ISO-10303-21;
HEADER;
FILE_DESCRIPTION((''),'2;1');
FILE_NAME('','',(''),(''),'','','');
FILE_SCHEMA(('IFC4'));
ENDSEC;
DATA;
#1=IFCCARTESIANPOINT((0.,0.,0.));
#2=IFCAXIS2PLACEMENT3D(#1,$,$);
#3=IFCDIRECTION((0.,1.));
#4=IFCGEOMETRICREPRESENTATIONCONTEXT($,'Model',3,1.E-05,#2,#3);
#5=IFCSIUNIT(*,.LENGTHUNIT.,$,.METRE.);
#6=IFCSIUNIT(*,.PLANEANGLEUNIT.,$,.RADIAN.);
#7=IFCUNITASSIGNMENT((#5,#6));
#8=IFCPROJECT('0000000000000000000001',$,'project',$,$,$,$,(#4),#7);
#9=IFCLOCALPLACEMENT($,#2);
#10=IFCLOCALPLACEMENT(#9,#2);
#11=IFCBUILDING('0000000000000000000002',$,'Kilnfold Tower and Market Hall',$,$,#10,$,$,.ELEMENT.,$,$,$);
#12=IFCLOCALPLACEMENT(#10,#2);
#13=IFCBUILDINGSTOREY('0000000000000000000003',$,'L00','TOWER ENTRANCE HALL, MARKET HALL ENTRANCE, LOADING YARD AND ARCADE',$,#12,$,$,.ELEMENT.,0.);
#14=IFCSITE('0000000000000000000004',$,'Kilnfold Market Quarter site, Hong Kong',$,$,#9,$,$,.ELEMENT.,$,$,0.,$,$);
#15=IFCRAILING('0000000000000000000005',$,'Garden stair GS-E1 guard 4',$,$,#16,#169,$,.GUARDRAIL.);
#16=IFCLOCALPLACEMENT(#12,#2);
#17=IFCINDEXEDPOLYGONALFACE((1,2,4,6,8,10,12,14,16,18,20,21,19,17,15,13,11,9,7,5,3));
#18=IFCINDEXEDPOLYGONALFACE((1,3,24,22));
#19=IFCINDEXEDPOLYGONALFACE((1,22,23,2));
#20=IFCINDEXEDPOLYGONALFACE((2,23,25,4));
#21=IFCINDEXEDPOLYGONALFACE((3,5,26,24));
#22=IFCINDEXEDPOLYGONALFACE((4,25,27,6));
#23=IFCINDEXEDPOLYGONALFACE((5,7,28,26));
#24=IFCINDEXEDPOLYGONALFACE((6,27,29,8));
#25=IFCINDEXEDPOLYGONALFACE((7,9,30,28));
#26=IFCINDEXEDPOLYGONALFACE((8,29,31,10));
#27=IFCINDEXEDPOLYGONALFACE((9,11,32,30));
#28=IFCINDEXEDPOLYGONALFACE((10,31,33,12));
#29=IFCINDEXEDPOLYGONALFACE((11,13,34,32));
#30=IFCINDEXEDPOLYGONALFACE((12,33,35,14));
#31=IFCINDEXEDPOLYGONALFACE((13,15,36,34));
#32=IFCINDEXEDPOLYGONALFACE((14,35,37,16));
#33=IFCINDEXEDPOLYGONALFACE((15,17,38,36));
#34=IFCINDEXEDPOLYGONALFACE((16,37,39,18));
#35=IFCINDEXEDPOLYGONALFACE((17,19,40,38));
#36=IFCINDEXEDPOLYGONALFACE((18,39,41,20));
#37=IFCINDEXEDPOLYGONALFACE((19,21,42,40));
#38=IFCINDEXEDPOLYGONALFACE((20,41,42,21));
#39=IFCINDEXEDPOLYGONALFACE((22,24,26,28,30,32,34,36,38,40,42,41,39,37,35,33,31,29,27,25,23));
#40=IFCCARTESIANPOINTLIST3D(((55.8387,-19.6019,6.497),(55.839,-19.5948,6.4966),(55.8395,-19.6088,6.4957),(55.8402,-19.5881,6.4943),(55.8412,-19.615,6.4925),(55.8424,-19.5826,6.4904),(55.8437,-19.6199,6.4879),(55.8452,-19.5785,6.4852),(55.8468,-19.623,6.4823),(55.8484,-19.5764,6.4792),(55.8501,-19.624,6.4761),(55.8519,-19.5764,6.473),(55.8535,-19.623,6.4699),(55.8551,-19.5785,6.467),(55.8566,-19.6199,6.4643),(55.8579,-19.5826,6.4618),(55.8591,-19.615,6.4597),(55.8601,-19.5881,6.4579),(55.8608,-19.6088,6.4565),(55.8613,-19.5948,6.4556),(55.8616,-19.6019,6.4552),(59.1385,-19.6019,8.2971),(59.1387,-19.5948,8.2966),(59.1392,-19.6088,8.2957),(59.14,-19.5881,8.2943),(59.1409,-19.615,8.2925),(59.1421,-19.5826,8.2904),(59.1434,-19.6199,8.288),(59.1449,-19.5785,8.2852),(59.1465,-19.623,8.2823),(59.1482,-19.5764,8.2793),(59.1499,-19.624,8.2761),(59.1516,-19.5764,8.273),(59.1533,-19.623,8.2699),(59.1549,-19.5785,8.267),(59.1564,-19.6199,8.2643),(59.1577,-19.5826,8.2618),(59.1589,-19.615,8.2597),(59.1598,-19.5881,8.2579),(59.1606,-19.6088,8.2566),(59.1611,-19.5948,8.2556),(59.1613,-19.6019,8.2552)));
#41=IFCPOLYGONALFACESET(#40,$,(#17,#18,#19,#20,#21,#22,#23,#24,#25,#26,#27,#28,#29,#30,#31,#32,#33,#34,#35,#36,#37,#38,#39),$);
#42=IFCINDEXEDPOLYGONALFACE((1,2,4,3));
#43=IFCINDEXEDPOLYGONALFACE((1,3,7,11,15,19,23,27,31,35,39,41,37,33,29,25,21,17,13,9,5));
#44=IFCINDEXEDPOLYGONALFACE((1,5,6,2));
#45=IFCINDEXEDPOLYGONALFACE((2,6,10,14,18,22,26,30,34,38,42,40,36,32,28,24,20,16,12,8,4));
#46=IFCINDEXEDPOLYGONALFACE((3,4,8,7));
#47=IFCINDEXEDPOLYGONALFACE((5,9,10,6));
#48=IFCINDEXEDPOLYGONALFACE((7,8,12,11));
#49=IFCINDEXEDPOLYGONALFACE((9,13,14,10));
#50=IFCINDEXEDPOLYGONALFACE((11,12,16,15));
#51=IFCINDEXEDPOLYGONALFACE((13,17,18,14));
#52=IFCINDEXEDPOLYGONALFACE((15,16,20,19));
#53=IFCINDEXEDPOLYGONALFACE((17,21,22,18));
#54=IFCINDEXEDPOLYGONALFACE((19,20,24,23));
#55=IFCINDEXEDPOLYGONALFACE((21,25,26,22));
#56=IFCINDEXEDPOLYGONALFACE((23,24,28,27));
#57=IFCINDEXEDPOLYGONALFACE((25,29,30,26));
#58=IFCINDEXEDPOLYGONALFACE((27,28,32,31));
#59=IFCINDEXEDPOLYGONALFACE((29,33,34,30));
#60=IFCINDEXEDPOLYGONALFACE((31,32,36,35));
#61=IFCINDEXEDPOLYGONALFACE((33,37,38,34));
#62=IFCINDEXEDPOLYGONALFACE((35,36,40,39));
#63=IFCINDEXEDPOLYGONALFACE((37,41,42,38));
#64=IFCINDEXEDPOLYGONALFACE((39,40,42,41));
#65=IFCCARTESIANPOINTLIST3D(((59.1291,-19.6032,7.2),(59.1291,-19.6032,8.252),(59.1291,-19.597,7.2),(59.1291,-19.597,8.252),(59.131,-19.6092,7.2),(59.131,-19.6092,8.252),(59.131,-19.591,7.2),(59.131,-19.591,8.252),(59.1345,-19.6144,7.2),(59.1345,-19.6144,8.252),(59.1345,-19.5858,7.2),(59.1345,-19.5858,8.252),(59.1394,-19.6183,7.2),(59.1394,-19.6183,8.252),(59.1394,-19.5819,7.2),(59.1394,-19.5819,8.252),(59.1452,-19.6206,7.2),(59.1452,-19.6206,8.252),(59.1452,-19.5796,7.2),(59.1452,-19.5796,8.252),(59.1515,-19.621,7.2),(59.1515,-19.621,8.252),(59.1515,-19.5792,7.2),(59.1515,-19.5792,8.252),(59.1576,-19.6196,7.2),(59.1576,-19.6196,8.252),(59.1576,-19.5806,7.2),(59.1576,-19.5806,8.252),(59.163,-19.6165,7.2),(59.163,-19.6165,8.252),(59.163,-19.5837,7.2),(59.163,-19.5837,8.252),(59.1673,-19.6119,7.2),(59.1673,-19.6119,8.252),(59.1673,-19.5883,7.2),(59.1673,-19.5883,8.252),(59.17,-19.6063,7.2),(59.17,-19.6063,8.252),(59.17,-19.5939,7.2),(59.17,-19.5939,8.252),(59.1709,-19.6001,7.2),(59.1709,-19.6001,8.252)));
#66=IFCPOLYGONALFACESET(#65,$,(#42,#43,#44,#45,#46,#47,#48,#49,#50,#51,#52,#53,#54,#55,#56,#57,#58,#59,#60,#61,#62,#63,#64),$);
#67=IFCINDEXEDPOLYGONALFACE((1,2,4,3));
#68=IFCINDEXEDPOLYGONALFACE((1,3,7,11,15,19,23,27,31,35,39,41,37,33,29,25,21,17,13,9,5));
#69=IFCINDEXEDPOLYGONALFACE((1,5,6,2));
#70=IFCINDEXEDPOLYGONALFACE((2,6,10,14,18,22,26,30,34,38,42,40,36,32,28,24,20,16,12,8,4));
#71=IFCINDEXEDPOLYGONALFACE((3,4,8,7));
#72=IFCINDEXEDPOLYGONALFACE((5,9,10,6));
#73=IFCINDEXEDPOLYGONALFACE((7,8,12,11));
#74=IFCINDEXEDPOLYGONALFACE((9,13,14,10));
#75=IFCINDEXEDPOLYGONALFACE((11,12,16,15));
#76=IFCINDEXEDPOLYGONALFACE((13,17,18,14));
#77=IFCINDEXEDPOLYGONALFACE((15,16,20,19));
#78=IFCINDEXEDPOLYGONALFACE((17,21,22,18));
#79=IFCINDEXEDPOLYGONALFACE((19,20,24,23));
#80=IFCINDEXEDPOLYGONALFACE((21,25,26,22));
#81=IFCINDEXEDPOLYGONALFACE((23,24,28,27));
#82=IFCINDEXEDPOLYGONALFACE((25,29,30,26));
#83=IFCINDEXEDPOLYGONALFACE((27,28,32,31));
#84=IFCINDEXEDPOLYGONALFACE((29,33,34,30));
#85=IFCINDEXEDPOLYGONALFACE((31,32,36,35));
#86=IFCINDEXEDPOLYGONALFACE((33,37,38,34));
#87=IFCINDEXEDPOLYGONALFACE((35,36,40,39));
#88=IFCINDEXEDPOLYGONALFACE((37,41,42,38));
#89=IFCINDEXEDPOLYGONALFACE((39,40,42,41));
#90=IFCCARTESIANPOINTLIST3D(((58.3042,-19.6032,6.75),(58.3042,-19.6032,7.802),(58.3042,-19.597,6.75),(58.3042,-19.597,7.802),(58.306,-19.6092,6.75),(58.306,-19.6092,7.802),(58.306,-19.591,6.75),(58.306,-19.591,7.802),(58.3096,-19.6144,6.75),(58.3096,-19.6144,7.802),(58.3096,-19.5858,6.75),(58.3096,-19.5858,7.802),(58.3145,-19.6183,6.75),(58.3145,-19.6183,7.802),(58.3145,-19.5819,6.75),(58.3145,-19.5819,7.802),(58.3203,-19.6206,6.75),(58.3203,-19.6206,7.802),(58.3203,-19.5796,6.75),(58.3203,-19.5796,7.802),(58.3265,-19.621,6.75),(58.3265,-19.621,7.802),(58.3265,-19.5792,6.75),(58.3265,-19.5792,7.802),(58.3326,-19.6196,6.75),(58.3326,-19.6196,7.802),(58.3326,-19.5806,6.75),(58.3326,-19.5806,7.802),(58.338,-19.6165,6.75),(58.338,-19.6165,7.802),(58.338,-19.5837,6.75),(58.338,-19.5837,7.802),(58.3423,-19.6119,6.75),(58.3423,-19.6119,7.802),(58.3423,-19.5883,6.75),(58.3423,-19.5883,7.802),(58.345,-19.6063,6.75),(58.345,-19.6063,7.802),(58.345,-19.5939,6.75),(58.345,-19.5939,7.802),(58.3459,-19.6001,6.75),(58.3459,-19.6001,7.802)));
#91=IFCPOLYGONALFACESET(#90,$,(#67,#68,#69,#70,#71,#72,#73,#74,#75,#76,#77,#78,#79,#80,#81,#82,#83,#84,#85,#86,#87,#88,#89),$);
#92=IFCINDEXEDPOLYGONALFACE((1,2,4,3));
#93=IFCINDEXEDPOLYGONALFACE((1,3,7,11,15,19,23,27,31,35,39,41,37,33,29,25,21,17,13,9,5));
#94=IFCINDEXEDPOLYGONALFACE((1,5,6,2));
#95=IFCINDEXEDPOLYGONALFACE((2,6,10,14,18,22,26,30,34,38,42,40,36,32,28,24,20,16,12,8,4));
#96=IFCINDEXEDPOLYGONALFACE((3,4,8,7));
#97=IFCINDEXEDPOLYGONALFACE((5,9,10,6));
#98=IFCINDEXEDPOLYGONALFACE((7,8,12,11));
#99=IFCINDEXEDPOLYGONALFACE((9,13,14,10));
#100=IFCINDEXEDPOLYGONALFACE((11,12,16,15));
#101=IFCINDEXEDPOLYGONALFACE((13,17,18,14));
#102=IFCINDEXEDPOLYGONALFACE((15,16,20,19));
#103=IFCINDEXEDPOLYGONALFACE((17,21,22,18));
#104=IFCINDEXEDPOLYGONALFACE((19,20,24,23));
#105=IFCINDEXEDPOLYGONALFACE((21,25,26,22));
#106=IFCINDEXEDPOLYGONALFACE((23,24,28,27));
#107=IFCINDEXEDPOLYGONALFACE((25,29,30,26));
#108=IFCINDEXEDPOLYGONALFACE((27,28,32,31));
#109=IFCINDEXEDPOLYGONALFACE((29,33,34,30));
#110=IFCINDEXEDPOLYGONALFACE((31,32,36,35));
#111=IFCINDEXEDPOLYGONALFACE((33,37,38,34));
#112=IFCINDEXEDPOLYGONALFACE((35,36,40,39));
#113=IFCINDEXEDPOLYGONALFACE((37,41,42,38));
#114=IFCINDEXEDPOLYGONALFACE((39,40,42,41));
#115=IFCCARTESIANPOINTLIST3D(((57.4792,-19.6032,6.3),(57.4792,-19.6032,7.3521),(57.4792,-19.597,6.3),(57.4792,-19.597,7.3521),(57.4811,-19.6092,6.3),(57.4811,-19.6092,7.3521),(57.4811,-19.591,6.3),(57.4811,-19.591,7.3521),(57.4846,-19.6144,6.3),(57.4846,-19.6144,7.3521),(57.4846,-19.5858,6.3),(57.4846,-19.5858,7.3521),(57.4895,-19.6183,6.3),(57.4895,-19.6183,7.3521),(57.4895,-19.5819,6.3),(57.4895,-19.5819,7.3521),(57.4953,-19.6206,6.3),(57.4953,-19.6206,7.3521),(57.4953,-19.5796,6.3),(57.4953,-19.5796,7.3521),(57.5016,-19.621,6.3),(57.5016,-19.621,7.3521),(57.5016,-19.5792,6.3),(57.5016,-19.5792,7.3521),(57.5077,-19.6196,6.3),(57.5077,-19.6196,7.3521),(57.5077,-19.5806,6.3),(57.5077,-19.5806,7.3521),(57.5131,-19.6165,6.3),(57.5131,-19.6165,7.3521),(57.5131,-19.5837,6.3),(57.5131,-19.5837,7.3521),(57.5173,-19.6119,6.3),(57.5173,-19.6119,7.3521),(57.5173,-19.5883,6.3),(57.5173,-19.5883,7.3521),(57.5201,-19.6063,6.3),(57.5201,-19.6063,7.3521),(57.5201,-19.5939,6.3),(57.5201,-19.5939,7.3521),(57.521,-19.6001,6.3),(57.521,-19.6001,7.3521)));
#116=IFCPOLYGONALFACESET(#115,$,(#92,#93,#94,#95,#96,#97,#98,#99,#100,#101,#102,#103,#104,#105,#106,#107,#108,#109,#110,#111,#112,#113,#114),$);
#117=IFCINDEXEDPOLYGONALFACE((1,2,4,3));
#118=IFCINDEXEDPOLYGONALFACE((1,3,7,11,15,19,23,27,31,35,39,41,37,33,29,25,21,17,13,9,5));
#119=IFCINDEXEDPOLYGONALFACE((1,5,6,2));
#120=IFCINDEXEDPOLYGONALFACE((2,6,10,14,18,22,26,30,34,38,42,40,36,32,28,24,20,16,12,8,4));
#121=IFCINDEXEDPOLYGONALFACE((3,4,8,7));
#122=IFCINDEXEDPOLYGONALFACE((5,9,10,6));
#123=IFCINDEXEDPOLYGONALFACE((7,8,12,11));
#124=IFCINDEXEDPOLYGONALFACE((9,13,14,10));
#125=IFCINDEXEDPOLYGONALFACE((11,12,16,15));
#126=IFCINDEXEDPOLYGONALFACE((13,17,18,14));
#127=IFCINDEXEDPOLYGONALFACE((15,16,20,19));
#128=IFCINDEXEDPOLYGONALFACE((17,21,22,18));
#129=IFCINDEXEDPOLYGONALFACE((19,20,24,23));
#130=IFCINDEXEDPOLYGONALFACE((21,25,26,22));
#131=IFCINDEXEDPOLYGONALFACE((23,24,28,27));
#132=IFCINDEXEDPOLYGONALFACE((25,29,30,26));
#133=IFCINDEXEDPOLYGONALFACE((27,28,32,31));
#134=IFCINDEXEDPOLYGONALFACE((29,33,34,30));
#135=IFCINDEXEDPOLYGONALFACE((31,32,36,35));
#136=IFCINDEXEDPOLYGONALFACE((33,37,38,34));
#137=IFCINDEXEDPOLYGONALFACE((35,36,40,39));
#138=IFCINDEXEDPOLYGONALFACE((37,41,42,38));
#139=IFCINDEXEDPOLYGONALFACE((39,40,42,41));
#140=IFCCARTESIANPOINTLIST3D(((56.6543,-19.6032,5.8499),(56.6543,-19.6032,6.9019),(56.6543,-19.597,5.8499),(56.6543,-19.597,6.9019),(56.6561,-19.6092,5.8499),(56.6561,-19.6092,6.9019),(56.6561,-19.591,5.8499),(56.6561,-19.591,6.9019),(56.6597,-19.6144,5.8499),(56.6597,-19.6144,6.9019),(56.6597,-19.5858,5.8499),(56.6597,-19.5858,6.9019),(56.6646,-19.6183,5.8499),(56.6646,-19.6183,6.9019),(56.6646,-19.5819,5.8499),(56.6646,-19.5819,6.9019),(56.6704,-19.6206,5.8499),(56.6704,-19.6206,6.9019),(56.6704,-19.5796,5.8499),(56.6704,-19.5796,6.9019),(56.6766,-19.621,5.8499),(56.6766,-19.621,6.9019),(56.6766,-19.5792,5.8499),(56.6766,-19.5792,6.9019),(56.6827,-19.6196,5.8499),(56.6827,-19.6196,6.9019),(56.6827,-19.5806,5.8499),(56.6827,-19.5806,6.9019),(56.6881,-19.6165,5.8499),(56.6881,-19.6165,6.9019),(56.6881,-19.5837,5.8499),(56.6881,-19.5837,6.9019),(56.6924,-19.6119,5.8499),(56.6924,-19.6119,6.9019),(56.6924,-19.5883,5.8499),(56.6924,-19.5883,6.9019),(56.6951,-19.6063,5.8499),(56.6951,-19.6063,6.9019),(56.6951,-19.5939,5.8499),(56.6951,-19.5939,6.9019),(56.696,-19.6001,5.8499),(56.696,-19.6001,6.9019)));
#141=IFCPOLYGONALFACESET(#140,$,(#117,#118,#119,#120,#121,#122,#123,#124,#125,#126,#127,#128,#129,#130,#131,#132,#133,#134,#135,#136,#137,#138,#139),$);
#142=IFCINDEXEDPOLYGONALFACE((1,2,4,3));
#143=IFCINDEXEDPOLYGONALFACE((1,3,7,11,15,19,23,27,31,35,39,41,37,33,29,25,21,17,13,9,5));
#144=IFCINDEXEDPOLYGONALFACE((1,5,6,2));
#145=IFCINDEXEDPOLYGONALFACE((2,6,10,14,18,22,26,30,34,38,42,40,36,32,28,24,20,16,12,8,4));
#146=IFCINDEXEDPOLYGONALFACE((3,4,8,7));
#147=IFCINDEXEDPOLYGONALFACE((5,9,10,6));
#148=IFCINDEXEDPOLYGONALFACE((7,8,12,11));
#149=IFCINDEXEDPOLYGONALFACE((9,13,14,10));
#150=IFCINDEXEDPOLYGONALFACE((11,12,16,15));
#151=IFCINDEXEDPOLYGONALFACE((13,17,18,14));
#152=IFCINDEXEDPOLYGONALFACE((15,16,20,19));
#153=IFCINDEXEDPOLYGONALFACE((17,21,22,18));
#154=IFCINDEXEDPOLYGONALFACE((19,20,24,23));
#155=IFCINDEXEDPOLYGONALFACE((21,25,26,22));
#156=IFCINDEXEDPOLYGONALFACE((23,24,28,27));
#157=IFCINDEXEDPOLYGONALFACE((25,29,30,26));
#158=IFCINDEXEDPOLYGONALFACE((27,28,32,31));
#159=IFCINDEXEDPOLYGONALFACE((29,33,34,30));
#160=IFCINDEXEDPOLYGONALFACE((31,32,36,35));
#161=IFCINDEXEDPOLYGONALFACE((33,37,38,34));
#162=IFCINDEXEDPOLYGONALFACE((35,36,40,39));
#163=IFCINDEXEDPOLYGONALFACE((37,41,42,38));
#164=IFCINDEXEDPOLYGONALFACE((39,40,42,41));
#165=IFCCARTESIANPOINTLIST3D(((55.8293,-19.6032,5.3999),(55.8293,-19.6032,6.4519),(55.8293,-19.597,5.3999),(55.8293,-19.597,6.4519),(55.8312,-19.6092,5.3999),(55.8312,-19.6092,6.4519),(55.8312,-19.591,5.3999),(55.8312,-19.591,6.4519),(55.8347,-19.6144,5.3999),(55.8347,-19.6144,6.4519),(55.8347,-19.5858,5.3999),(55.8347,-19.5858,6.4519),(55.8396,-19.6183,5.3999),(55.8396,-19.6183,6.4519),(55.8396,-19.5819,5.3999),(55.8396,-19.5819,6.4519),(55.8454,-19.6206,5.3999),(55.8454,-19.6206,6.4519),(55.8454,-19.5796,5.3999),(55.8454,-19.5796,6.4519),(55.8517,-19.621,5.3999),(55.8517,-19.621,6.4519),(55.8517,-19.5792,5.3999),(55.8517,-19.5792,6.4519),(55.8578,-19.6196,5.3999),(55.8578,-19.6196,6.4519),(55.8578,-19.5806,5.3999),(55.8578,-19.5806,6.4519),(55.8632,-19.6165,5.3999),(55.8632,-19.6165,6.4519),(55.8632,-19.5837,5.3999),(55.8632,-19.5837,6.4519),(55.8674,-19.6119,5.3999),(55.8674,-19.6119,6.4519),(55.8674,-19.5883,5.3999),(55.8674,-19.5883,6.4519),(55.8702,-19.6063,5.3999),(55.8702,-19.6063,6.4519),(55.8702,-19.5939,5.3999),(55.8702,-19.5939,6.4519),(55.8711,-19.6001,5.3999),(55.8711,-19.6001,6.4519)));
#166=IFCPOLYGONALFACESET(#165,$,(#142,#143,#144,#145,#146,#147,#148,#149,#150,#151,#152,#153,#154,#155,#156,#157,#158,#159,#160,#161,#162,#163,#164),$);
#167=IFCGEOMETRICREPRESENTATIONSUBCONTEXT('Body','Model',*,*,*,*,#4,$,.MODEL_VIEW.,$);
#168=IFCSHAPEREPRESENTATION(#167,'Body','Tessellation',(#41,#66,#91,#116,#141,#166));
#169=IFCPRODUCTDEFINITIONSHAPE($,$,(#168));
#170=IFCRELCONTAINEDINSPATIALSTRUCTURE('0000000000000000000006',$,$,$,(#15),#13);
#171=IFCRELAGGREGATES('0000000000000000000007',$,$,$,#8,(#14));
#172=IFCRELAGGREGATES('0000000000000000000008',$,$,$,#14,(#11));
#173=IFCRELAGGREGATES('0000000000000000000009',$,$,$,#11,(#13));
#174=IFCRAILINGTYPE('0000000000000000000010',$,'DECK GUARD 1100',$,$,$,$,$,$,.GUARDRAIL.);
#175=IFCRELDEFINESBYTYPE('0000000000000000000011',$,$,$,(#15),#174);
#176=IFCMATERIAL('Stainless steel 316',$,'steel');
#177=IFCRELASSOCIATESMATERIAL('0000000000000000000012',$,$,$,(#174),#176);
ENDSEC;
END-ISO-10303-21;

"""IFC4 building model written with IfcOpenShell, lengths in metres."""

from ifc_helpers import new_model, si_unit, direction, frame, origin, origin_2d, place, context, subcontext, project, spatial, circle, extrude, material, type_object, element, save


model = new_model("IFC4")

# Units and contexts
model_context = context("Model", 3, precision=1e-05, world=origin(), true_north=direction((0.0, 1.0)))
body_context = subcontext(model_context, "Body", "Model", "MODEL_VIEW")
ifc_project = project(units=[si_unit("LENGTHUNIT", "METRE"), si_unit("PLANEANGLEUNIT", "RADIAN")], contexts=[model_context])

# Site, building, storey
site_placement = place(None, origin())
site = spatial("IfcSite", under=ifc_project, at=site_placement, Name="Kilnfold Market Quarter site, Hong Kong", CompositionType="ELEMENT", RefElevation=0.0)
building_placement = place(site_placement, origin())
building = spatial("IfcBuilding", under=site, at=building_placement, Name="Kilnfold Tower and Market Hall", CompositionType="ELEMENT")
storey_placement = place(building_placement, origin())
storey = spatial("IfcBuildingStorey", under=building, at=storey_placement, Name="L00", Description="TOWER ENTRANCE HALL, MARKET HALL ENTRANCE, LOADING YARD AND ARCADE", CompositionType="ELEMENT", Elevation=0.0)

# Railing
ifc_material_1 = material(Name="Stainless steel 316", Category="steel")
railing_type_1 = type_object("IfcRailingType", Name="DECK GUARD 1100", PredefinedType="GUARDRAIL", material=ifc_material_1)
railing_1_placement = place(storey_placement, frame((59.1499, -19.6001, 7.2)))
element("IfcRailing", 1, at=railing_1_placement, inside=storey, type_object=railing_type_1, Name="Garden stair GS-E1 guard 4", PredefinedType="GUARDRAIL", context=body_context, shape_type="SweptSolid", body=[
    extrude(circle(Radius=0.0239, at=origin_2d()), frame((0.0, 0.0, 1.0762), z_axis=(-0.877878, 0.0, -0.478884), x_axis=(0.0, -1.0, 0.0)), (0.0, 0.0, 1.0), 3.7588),
    extrude(circle(Radius=0.021, at=origin_2d()), origin(), (0.0, 0.0, 1.0), 1.052),
    extrude(circle(Radius=0.021, at=origin_2d()), frame((-0.825, 0.0, -0.45)), (0.0, 0.0, 1.0), 1.052),
    extrude(circle(Radius=0.021, at=origin_2d()), frame((-1.6499, 0.0, -0.8999)), (0.0, 0.0, 1.0), 1.052),
    extrude(circle(Radius=0.021, at=origin_2d()), frame((-2.4749, 0.0, -1.3501)), (0.0, 0.0, 1.0), 1.052),
    extrude(circle(Radius=0.021, at=origin_2d()), frame((-3.2998, 0.0, -1.8)), (0.0, 0.0, 1.0), 1.052),
])

save(model, "model.ifc")
